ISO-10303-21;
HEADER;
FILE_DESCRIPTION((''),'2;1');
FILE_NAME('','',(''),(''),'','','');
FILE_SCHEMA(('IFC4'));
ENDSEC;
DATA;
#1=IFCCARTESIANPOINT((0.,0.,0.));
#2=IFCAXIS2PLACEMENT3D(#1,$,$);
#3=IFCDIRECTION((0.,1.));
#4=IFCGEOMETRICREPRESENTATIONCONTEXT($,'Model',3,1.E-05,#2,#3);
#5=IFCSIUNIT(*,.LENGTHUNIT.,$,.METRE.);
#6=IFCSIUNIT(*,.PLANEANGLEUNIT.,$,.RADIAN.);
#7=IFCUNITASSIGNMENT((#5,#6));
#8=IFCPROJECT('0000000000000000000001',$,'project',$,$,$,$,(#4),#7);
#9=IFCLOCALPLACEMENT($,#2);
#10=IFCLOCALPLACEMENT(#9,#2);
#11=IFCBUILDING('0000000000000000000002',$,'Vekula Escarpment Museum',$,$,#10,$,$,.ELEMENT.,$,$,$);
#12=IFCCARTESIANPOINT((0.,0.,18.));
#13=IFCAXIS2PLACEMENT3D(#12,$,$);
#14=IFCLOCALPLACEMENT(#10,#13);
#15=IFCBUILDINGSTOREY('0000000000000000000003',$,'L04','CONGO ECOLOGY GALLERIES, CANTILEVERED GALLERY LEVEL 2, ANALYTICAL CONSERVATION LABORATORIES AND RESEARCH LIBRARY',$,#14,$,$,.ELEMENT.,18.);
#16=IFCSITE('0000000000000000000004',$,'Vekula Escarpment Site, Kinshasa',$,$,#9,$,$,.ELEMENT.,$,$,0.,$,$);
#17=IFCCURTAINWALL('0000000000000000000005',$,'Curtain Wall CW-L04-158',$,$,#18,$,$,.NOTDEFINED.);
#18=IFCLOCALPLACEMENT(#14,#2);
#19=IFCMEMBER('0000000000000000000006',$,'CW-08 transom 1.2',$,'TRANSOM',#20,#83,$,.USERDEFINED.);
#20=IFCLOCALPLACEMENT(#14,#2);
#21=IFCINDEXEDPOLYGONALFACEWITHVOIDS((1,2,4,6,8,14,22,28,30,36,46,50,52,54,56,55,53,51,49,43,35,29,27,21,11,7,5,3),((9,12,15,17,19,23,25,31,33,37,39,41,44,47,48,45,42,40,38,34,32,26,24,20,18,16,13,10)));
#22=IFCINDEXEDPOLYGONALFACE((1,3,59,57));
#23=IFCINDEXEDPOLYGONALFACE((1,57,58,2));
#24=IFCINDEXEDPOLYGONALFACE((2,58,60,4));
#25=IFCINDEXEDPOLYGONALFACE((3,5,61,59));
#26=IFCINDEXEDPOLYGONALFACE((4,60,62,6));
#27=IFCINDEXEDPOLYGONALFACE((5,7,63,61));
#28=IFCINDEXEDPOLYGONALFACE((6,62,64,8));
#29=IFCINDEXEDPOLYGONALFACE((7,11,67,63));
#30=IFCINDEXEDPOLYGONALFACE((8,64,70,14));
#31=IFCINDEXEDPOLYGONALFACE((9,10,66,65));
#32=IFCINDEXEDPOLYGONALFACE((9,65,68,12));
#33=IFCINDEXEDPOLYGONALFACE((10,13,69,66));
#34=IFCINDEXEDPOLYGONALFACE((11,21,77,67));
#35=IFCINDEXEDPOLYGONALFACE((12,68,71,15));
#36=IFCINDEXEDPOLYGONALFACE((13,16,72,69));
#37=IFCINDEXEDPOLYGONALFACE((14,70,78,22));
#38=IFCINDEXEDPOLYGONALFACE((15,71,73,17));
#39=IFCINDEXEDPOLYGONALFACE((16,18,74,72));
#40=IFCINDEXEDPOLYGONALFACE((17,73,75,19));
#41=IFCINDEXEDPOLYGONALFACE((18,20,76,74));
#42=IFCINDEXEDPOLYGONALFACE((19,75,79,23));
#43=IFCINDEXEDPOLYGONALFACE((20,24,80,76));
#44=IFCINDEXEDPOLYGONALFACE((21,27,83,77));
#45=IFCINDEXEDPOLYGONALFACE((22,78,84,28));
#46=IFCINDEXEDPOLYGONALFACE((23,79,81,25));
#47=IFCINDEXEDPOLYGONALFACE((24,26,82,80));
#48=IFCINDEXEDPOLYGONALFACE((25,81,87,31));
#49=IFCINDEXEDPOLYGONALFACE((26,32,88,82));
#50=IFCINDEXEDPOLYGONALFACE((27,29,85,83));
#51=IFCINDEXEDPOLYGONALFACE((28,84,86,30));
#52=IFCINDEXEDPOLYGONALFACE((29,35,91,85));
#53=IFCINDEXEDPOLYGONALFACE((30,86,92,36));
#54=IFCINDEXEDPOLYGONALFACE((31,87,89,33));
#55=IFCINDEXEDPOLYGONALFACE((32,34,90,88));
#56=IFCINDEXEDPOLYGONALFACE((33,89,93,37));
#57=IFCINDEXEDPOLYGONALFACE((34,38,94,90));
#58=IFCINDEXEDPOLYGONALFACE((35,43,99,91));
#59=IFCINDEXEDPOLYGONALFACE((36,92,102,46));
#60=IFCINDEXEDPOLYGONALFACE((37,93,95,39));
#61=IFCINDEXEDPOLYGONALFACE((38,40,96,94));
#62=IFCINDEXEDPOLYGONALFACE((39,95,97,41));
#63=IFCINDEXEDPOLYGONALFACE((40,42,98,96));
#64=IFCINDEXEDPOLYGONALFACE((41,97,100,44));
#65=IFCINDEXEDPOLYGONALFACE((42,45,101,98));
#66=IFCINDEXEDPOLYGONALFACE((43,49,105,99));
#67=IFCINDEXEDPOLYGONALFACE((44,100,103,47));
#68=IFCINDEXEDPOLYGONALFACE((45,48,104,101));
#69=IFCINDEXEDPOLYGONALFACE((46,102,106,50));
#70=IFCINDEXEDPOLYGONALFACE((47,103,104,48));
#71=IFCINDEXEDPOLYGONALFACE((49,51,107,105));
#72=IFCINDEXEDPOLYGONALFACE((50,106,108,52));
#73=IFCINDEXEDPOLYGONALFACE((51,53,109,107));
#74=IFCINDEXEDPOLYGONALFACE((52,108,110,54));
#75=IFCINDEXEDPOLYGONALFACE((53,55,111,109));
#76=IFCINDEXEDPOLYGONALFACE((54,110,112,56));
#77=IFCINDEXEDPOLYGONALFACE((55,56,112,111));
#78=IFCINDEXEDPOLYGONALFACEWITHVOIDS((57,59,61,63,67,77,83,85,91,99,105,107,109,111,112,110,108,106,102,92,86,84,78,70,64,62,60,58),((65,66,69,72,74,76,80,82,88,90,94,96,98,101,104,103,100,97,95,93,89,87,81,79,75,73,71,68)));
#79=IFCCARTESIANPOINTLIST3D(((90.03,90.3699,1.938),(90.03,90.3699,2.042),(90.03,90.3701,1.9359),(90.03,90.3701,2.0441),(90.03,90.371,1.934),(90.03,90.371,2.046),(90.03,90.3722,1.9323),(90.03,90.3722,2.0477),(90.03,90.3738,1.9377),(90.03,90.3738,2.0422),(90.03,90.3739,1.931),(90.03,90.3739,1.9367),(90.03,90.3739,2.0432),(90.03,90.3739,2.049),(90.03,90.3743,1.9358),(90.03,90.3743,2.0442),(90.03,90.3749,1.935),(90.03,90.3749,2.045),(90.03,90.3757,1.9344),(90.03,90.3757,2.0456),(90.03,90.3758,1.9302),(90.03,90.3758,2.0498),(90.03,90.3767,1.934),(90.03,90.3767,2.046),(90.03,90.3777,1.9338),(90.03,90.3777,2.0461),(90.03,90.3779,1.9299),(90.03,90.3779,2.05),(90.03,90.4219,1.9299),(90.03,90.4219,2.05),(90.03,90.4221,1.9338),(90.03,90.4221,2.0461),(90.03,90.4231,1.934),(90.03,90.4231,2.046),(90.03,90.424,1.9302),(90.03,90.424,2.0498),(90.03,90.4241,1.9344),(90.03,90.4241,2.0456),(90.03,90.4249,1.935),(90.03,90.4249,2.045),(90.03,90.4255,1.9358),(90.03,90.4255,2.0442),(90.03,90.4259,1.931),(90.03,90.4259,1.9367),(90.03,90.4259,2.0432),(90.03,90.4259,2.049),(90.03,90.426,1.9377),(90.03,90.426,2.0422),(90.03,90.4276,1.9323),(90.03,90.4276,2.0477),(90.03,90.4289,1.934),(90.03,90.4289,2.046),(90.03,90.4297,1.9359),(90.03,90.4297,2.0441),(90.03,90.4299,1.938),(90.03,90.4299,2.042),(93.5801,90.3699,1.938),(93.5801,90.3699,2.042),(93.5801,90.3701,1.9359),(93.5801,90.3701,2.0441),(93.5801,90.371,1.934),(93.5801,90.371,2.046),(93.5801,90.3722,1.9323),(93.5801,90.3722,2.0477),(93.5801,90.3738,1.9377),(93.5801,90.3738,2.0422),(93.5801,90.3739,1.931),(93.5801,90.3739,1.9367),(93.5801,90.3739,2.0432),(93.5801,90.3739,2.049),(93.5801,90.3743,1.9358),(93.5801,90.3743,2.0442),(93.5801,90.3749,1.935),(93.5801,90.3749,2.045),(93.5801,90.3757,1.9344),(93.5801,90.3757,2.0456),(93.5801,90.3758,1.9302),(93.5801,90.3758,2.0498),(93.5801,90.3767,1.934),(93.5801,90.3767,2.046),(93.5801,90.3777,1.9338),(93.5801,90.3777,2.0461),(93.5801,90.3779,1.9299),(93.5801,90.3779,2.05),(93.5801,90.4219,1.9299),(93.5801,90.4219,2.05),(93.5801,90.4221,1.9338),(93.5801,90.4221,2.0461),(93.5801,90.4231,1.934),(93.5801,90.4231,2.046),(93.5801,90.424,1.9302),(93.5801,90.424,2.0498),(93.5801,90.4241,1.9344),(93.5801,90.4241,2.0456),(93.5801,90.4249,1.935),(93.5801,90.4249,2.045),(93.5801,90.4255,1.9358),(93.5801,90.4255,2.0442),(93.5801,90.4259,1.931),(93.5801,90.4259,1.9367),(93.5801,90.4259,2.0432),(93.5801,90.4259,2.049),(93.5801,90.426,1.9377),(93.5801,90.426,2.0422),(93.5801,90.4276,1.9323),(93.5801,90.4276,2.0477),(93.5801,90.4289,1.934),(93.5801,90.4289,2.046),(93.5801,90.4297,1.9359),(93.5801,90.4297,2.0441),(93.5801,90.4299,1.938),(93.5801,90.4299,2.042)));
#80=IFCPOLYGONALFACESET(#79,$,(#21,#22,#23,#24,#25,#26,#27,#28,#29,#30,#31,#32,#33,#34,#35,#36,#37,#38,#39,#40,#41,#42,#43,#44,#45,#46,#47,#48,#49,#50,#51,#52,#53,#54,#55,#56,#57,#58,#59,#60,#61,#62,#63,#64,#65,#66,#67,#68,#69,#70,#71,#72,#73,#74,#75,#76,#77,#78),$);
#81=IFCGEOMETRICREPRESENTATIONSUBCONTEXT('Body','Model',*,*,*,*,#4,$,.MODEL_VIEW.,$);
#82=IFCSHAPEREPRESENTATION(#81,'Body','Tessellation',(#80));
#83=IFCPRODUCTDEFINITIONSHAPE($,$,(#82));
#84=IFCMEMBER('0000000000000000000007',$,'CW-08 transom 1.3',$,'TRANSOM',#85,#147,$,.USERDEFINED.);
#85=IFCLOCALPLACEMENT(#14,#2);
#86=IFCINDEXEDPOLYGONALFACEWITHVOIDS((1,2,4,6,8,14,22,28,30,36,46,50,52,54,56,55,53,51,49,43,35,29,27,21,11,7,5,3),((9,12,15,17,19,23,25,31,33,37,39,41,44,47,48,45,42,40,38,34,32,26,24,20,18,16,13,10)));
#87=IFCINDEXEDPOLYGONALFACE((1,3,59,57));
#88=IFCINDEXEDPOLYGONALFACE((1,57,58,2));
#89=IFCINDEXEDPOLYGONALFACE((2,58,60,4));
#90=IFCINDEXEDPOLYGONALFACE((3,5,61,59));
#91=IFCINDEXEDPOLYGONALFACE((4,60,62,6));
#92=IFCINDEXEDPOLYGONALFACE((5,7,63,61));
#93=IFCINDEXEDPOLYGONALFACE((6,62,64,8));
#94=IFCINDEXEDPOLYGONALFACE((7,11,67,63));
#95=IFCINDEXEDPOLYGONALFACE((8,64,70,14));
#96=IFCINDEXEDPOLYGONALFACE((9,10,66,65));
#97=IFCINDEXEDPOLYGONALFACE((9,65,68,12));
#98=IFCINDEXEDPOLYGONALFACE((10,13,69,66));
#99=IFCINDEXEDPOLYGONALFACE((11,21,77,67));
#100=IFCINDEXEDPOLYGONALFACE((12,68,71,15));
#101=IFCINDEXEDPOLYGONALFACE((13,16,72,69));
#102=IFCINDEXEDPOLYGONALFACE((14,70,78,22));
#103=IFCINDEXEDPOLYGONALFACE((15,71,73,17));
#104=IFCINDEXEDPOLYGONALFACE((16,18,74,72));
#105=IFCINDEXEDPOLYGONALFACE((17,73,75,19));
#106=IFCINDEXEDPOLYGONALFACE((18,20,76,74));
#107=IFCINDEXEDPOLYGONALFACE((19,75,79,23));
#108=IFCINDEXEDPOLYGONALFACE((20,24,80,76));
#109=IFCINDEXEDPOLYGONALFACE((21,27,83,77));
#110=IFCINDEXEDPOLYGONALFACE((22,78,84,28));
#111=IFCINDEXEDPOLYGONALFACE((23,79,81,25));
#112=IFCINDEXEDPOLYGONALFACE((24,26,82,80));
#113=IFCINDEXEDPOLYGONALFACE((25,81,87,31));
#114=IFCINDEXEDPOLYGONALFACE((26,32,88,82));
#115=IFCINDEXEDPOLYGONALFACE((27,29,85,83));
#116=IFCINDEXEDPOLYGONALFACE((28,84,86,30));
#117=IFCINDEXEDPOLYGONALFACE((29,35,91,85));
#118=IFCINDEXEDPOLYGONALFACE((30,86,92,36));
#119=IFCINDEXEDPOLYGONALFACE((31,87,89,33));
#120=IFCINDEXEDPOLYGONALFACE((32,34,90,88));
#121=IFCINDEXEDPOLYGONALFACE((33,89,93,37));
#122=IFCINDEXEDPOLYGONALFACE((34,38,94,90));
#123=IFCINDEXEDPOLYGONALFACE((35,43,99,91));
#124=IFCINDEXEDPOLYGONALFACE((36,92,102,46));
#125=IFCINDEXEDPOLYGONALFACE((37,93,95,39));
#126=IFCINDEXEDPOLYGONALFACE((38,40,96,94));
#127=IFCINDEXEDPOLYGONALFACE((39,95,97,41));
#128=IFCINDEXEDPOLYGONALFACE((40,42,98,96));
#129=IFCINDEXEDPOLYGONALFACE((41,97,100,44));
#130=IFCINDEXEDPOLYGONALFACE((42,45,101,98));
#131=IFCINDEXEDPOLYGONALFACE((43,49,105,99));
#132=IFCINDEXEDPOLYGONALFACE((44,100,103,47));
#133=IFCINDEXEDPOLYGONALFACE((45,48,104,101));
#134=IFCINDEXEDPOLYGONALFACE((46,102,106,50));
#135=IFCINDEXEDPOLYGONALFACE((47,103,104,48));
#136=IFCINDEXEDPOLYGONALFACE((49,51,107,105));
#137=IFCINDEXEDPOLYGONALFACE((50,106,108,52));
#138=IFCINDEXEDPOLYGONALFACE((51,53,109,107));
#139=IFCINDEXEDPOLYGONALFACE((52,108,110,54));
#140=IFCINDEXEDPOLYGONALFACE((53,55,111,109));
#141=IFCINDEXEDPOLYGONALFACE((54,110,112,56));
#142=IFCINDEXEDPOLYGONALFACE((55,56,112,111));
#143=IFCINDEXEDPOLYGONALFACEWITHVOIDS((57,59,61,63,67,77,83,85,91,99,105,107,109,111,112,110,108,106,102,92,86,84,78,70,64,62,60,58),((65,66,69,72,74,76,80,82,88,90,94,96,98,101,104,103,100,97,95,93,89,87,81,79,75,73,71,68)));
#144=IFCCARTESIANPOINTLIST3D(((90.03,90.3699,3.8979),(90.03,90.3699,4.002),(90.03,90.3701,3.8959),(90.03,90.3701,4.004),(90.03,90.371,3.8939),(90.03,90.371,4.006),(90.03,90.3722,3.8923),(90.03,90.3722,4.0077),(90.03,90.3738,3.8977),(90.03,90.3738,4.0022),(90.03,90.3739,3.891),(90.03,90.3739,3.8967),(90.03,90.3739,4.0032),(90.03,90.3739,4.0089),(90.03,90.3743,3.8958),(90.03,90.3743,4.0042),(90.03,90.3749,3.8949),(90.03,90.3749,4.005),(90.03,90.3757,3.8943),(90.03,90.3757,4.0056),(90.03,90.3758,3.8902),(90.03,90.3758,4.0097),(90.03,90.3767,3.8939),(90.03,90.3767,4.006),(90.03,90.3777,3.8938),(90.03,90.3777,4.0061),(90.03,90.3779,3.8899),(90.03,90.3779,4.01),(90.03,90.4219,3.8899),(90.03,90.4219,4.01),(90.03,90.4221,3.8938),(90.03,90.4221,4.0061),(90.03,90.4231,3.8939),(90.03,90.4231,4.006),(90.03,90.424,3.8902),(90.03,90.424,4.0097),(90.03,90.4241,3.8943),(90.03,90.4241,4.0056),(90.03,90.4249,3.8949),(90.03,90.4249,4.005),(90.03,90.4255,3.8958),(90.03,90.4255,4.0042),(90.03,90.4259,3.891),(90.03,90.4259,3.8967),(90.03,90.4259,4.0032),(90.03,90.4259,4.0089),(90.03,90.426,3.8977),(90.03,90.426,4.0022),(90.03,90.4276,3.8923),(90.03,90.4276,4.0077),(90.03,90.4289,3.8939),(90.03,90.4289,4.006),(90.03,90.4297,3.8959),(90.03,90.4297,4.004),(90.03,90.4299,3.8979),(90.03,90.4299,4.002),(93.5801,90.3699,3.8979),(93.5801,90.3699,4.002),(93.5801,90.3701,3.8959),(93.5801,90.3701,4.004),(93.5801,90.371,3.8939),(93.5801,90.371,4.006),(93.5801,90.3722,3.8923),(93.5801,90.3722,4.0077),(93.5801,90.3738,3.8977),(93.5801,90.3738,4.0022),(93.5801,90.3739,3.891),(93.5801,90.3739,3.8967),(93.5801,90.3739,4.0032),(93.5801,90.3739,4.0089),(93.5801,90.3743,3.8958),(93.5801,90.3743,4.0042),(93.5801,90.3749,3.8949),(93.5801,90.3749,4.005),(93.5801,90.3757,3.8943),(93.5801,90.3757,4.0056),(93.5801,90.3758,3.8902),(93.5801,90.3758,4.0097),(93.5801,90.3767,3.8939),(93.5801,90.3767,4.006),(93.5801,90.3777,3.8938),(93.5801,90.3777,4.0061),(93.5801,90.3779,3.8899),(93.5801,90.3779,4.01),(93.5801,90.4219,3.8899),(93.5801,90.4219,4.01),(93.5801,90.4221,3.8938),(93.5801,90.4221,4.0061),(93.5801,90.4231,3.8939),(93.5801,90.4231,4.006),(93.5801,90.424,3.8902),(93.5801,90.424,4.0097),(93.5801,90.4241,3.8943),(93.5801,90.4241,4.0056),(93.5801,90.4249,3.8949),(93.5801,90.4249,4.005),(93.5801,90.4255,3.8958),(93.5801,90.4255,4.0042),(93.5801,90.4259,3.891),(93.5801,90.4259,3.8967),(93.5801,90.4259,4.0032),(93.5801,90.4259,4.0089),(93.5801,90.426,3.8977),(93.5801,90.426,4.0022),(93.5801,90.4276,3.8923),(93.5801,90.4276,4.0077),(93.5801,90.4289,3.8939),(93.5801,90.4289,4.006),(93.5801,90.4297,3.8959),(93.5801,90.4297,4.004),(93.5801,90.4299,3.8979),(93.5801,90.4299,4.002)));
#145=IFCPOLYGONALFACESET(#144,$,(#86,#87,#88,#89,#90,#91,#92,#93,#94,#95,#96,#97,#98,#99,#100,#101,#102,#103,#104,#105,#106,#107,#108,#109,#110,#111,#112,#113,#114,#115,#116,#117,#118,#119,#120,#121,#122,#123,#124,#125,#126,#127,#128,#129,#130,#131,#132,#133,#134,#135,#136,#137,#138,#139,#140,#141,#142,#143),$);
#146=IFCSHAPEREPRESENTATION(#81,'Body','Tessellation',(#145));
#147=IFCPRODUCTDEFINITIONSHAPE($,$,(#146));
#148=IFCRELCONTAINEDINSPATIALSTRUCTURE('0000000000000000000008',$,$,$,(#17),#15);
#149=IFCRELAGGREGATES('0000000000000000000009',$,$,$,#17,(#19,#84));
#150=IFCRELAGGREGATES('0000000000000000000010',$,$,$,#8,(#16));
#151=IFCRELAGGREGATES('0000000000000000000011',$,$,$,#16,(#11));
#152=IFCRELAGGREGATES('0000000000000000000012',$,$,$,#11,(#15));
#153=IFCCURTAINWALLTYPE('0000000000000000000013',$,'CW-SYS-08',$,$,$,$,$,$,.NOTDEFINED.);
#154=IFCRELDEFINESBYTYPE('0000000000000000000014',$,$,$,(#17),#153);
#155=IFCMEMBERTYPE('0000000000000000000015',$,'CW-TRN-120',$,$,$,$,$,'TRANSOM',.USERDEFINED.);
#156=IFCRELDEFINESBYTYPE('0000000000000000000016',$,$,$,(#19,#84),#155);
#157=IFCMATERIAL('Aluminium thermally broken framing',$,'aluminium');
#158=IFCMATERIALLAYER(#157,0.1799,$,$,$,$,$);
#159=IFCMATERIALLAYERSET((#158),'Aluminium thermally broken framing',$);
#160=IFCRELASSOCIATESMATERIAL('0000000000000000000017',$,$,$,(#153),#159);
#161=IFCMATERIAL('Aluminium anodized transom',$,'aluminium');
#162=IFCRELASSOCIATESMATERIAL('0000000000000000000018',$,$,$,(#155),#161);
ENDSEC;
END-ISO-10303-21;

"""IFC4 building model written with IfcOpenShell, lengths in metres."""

from ifc_helpers import new_model, si_unit, direction, frame, origin, origin_2d, place, context, subcontext, project, spatial, hollow_rectangle, extrude, material, layer, layer_set, material_profile, profile_set, type_object, element, aggregate, save


model = new_model("IFC4")

# Units and contexts
model_context = context("Model", 3, precision=1e-05, world=origin(), true_north=direction((0.0, 1.0)))
body_context = subcontext(model_context, "Body", "Model", "MODEL_VIEW")
ifc_project = project(units=[si_unit("LENGTHUNIT", "METRE"), si_unit("PLANEANGLEUNIT", "RADIAN")], contexts=[model_context])

# Site, building, storey
site_placement = place(None, origin())
site = spatial("IfcSite", under=ifc_project, at=site_placement, Name="Vekula Escarpment Site, Kinshasa", CompositionType="ELEMENT", RefElevation=0.0)
building_placement = place(site_placement, origin())
building = spatial("IfcBuilding", under=site, at=building_placement, Name="Vekula Escarpment Museum", CompositionType="ELEMENT")
storey_placement = place(building_placement, frame((0.0, 0.0, 18.0)))
storey = spatial("IfcBuildingStorey", under=building, at=storey_placement, Name="L04", Description="CONGO ECOLOGY GALLERIES, CANTILEVERED GALLERY LEVEL 2, ANALYTICAL CONSERVATION LABORATORIES AND RESEARCH LIBRARY", CompositionType="ELEMENT", Elevation=18.0)

# Curtain wall
ifc_material_1 = material(Name="Aluminium thermally broken framing", Category="aluminium")
ifc_layer_1 = layer(ifc_material_1, 0.1799)
ifc_layer_set_1 = layer_set([ifc_layer_1], Name="Aluminium thermally broken framing")
curtain_wall_type_1 = type_object("IfcCurtainWallType", Name="CW-SYS-08", PredefinedType="NOTDEFINED", material=ifc_layer_set_1)
curtain_wall_1_placement = place(storey_placement, origin())
curtain_wall_1 = element("IfcCurtainWall", 1, at=curtain_wall_1_placement, inside=storey, type_object=curtain_wall_type_1, Name="Curtain Wall CW-L04-158", PredefinedType="NOTDEFINED")

# Members
ifc_material_2 = material(Name="Aluminium anodized transom", Category="aluminium")
ifc_material_profile_1 = material_profile(ifc_material_2, hollow_rectangle(XDim=0.0601, YDim=0.1201, WallThickness=0.0039, InnerFilletRadius=0.0039, OuterFilletRadius=0.0081, at=origin_2d()), Name="ALU 120x60x4")
ifc_profile_set_1 = profile_set([ifc_material_profile_1], Name="Aluminium anodized transom")
member_type_1 = type_object("IfcMemberType", Name="CW-TRN-120", ElementType="TRANSOM", PredefinedType="USERDEFINED", material=ifc_profile_set_1)
member_1_placement = place(storey_placement, frame((93.5801, 90.3999, 1.99), z_axis=(-1.0, 0.0, 0.0), x_axis=(0.0, -1.0, 0.0)))
member_1 = element("IfcMember", 2, at=member_1_placement, type_object=member_type_1, Name="CW-08 transom 1.2", ObjectType="TRANSOM", PredefinedType="USERDEFINED", context=body_context, shape_type="SweptSolid", body=[
    extrude(hollow_rectangle(XDim=0.0601, YDim=0.1201, WallThickness=0.0039, InnerFilletRadius=0.0039, OuterFilletRadius=0.0081, at=origin_2d()), origin(), (0.0, 0.0, 1.0), 3.55),
])
member_2_placement = place(storey_placement, frame((93.5801, 90.3999, 3.95), z_axis=(-1.0, 0.0, 0.0), x_axis=(0.0, -1.0, 0.0)))
member_2 = element("IfcMember", 3, at=member_2_placement, type_object=member_type_1, Name="CW-08 transom 1.3", ObjectType="TRANSOM", PredefinedType="USERDEFINED", context=body_context, shape_type="SweptSolid", body=[
    extrude(hollow_rectangle(XDim=0.0601, YDim=0.1201, WallThickness=0.0039, InnerFilletRadius=0.0039, OuterFilletRadius=0.0081, at=origin_2d()), origin(), (0.0, 0.0, 1.0), 3.55),
])

aggregate(curtain_wall_1, [member_1, member_2])

save(model, "model.ifc")
